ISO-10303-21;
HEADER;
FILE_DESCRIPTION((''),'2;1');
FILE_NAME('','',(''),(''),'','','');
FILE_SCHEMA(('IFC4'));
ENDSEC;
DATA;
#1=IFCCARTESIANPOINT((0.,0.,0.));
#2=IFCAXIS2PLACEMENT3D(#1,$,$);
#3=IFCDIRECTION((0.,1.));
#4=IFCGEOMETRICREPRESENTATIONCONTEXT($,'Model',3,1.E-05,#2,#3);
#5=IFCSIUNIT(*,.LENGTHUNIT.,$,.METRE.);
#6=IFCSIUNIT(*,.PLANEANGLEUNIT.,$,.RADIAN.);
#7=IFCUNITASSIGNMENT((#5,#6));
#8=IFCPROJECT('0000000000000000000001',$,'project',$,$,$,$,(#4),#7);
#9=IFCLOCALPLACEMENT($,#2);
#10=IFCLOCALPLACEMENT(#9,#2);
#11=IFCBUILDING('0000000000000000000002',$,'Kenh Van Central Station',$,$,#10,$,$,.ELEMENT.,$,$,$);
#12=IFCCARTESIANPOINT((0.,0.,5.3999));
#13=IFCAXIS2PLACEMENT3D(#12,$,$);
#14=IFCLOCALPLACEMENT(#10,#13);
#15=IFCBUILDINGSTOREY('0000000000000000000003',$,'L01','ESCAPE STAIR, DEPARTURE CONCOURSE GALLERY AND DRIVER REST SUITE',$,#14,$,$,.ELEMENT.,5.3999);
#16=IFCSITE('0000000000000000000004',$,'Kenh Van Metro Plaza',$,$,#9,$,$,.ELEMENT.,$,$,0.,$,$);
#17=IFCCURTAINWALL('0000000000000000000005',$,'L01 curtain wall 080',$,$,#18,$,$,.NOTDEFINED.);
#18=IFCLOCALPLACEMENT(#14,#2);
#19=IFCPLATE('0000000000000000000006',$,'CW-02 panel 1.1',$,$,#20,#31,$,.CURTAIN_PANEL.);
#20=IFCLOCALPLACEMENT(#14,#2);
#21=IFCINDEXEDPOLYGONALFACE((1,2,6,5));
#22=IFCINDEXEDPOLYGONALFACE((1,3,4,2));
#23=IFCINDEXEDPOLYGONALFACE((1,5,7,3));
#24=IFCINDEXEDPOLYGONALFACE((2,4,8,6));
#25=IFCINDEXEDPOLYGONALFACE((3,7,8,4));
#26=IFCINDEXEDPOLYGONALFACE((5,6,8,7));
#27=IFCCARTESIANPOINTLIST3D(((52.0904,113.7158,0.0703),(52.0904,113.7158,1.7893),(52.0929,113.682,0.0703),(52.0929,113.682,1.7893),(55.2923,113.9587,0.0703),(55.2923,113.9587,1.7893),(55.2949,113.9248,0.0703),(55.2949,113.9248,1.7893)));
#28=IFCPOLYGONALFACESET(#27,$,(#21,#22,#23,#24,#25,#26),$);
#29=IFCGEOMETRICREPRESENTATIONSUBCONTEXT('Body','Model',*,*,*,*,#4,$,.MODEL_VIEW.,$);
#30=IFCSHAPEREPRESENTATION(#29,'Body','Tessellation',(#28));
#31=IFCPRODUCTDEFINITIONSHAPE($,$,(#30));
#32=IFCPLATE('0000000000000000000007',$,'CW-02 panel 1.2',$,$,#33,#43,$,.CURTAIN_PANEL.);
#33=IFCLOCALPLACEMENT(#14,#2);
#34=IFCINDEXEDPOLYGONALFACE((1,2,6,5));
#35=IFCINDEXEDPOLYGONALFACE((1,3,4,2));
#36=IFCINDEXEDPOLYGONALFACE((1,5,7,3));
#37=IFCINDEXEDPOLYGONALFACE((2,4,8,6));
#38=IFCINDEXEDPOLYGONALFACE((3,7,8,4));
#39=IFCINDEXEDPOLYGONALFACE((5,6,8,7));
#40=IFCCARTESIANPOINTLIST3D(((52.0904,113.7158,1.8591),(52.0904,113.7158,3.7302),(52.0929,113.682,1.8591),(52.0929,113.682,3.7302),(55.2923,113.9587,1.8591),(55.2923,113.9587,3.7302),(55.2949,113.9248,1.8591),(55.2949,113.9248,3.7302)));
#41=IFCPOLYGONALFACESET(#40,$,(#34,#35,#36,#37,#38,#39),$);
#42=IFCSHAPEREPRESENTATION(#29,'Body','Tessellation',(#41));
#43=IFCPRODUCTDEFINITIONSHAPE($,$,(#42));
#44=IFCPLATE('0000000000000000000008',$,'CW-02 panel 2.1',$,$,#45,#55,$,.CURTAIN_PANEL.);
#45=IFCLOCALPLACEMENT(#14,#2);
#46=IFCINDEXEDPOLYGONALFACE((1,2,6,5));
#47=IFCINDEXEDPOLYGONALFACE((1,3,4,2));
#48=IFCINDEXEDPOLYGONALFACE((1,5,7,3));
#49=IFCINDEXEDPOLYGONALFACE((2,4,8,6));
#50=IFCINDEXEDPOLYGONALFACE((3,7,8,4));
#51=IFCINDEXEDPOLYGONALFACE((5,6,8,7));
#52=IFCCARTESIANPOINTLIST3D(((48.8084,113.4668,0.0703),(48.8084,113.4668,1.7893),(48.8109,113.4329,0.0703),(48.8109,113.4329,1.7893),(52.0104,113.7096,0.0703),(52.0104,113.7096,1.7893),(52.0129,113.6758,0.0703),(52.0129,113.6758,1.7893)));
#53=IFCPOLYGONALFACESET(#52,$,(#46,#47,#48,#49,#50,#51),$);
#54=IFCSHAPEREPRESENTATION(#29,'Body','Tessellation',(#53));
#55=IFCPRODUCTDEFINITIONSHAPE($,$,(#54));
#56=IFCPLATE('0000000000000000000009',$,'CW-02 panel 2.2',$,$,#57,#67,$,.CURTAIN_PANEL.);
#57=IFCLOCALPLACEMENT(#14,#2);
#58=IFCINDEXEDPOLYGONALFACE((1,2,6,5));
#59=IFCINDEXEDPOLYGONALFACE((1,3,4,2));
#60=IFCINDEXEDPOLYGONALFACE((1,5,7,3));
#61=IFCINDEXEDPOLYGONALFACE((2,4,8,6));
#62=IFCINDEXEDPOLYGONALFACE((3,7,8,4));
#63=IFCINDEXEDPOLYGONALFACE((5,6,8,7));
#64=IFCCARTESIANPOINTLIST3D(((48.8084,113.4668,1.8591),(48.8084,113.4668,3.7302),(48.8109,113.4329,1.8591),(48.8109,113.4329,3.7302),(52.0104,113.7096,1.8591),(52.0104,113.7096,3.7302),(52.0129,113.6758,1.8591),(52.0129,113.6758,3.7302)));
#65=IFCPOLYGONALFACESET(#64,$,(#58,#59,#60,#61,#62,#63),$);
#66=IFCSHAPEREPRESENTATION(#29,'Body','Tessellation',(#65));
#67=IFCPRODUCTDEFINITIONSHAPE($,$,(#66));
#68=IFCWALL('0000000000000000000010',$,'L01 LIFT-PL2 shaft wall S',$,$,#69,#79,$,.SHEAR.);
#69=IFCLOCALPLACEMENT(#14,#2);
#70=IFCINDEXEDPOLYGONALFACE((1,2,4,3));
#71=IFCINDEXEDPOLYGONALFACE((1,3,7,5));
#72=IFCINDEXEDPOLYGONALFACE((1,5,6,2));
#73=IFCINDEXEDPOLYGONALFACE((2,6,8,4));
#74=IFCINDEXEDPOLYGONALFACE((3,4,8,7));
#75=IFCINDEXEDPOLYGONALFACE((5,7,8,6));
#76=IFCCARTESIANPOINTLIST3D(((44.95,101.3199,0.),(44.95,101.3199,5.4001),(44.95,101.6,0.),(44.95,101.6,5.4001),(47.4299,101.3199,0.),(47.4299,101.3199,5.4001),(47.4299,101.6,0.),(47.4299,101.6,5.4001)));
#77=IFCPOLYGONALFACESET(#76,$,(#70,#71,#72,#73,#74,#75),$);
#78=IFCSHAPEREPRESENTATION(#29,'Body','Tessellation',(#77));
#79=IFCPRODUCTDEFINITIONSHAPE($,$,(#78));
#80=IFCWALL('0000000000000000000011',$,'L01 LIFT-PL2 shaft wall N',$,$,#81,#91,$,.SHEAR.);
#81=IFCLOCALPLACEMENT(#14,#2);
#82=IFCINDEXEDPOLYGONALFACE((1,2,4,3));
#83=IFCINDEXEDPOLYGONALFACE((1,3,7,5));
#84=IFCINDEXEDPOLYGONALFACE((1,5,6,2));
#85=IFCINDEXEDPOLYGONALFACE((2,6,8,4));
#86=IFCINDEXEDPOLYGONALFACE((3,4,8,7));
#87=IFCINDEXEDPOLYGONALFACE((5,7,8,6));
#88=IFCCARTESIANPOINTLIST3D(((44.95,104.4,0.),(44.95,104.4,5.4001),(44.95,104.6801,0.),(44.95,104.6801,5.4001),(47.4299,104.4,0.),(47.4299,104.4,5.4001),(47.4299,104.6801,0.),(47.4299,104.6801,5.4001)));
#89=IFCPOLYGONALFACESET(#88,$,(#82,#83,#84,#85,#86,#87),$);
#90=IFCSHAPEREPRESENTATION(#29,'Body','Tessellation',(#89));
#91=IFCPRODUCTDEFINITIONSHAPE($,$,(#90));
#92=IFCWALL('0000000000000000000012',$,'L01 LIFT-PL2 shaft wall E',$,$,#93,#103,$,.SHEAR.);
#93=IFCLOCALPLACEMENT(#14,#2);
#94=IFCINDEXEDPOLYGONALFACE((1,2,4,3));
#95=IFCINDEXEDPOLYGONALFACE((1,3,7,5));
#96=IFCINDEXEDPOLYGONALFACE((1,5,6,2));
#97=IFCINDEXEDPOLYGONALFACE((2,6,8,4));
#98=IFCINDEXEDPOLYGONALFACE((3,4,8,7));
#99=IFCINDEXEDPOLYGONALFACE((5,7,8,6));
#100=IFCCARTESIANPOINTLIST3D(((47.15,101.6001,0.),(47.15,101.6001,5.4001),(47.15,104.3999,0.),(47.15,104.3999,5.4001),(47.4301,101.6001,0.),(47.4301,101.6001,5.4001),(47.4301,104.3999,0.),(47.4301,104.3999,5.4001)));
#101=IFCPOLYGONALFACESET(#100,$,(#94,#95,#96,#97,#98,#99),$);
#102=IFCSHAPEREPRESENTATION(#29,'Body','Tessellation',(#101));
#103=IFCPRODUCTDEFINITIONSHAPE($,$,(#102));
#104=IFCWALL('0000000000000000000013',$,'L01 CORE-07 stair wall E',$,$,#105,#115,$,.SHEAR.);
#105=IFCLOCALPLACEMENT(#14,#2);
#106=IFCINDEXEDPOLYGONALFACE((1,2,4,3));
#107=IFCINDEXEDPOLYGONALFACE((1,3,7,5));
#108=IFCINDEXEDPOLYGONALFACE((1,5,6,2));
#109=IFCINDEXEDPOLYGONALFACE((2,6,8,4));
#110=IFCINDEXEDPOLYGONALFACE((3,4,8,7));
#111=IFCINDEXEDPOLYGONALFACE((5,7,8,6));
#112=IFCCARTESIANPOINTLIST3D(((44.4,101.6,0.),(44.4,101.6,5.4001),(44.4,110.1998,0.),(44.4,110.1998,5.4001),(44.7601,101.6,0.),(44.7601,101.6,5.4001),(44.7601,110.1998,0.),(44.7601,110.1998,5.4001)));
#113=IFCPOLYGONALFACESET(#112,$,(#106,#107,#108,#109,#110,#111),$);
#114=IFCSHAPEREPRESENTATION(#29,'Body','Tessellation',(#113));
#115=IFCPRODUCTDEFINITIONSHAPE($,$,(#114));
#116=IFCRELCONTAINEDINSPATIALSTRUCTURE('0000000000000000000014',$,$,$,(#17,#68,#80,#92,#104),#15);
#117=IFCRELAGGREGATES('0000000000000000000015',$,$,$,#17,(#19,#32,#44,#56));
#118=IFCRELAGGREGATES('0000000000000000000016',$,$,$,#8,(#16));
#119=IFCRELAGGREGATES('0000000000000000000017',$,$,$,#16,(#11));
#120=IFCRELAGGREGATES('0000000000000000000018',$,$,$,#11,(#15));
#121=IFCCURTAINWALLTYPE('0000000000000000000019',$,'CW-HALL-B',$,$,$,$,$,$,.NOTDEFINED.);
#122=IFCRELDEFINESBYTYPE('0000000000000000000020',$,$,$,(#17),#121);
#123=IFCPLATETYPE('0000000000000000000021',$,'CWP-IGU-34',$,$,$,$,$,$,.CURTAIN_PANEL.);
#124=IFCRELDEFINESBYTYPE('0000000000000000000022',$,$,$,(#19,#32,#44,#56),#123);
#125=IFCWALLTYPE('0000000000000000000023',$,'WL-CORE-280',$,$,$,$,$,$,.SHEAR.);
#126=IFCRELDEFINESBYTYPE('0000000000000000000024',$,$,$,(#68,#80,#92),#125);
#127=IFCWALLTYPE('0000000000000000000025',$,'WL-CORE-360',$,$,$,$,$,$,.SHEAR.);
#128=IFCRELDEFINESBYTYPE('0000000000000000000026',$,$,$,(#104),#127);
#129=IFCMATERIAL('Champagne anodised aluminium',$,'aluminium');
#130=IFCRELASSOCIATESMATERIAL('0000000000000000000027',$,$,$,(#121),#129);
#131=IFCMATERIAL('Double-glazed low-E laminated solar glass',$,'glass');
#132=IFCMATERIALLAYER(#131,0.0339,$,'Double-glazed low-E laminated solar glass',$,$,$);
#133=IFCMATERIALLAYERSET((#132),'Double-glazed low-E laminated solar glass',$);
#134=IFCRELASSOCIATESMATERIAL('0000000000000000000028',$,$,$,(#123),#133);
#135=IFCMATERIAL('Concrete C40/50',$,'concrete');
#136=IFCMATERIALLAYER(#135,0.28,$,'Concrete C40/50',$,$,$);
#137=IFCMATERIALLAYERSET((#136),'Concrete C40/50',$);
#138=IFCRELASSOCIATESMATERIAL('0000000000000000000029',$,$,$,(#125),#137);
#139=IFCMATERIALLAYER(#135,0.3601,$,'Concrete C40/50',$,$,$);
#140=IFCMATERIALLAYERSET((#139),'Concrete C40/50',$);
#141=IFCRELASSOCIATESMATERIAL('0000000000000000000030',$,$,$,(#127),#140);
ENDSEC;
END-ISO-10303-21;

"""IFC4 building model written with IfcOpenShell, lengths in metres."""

from ifc_helpers import new_model, si_unit, direction, frame, frame_2d, origin, origin_2d, place, context, subcontext, project, spatial, rectangle, extrude, material, layer, layer_set, type_object, element, aggregate, save


model = new_model("IFC4")

# Units and contexts
model_context = context("Model", 3, precision=1e-05, world=origin(), true_north=direction((0.0, 1.0)))
body_context = subcontext(model_context, "Body", "Model", "MODEL_VIEW")
ifc_project = project(units=[si_unit("LENGTHUNIT", "METRE"), si_unit("PLANEANGLEUNIT", "RADIAN")], contexts=[model_context])

# Site, building, storey
site_placement = place(None, origin())
site = spatial("IfcSite", under=ifc_project, at=site_placement, Name="Kenh Van Metro Plaza", CompositionType="ELEMENT", RefElevation=0.0)
building_placement = place(site_placement, origin())
building = spatial("IfcBuilding", under=site, at=building_placement, Name="Kenh Van Central Station", CompositionType="ELEMENT")
storey_placement = place(building_placement, frame((0.0, 0.0, 5.3999)))
storey = spatial("IfcBuildingStorey", under=building, at=storey_placement, Name="L01", Description="ESCAPE STAIR, DEPARTURE CONCOURSE GALLERY AND DRIVER REST SUITE", CompositionType="ELEMENT", Elevation=5.3999)

# Shared definitions
ifc_material_1 = material(Name="Concrete C40/50", Category="concrete")

# Curtain wall
ifc_material_2 = material(Name="Champagne anodised aluminium", Category="aluminium")
curtain_wall_type = type_object("IfcCurtainWallType", Name="CW-HALL-B", PredefinedType="NOTDEFINED", material=ifc_material_2)
curtain_wall_1_placement = place(storey_placement, origin())
curtain_wall_1 = element("IfcCurtainWall", 1, at=curtain_wall_1_placement, inside=storey, type_object=curtain_wall_type, Name="L01 curtain wall 080", PredefinedType="NOTDEFINED")

# Plates
ifc_material_3 = material(Name="Double-glazed low-E laminated solar glass", Category="glass")
ifc_layer_1 = layer(ifc_material_3, 0.0339, Name="Double-glazed low-E laminated solar glass")
ifc_layer_set_1 = layer_set([ifc_layer_1], Name="Double-glazed low-E laminated solar glass")
plate_type = type_object("IfcPlateType", Name="CWP-IGU-34", PredefinedType="CURTAIN_PANEL", material=ifc_layer_set_1)
plate_1_placement = place(storey_placement, frame((53.6926, 113.8203, 0.0703), z_axis=(0.0, 0.0, 1.0), x_axis=(-0.997136, -0.075632, 0.0)))
plate_1 = element("IfcPlate", 2, at=plate_1_placement, type_object=plate_type, Name="CW-02 panel 1.1", PredefinedType="CURTAIN_PANEL", context=body_context, shape_type="SweptSolid", body=[
    extrude(rectangle(XDim=3.2112, YDim=0.0339, at=origin_2d()), origin(), (0.0, 0.0, 1.0), 1.719),
])
plate_2_placement = place(storey_placement, frame((53.6926, 113.8203, 1.8591), z_axis=(0.0, 0.0, 1.0), x_axis=(-0.997136, -0.075632, 0.0)))
plate_2 = element("IfcPlate", 3, at=plate_2_placement, type_object=plate_type, Name="CW-02 panel 1.2", PredefinedType="CURTAIN_PANEL", context=body_context, shape_type="SweptSolid", body=[
    extrude(rectangle(XDim=3.2112, YDim=0.0339, at=origin_2d()), origin(), (0.0, 0.0, 1.0), 1.8711),
])
plate_3_placement = place(storey_placement, frame((50.4106, 113.5713, 0.0703), z_axis=(0.0, 0.0, 1.0), x_axis=(-0.997136, -0.075632, 0.0)))
plate_3 = element("IfcPlate", 4, at=plate_3_placement, type_object=plate_type, Name="CW-02 panel 2.1", PredefinedType="CURTAIN_PANEL", context=body_context, shape_type="SweptSolid", body=[
    extrude(rectangle(XDim=3.2112, YDim=0.0339, at=origin_2d()), origin(), (0.0, 0.0, 1.0), 1.719),
])
plate_4_placement = place(storey_placement, frame((50.4106, 113.5713, 1.8591), z_axis=(0.0, 0.0, 1.0), x_axis=(-0.997136, -0.075632, 0.0)))
plate_4 = element("IfcPlate", 5, at=plate_4_placement, type_object=plate_type, Name="CW-02 panel 2.2", PredefinedType="CURTAIN_PANEL", context=body_context, shape_type="SweptSolid", body=[
    extrude(rectangle(XDim=3.2112, YDim=0.0339, at=origin_2d()), origin(), (0.0, 0.0, 1.0), 1.8711),
])
aggregate(curtain_wall_1, [plate_1, plate_2, plate_3, plate_4])

# Walls
ifc_layer_2 = layer(ifc_material_1, 0.28, Name="Concrete C40/50")
ifc_layer_set_2 = layer_set([ifc_layer_2], Name="Concrete C40/50")
wall_type_1 = type_object("IfcWallType", Name="WL-CORE-280", PredefinedType="SHEAR", material=ifc_layer_set_2)
for number, where, z_axis, x_axis, name in (
    (6, (44.95, 101.46, 0.0), (0.0, 0.0, 1.0), (1.0, 0.0, 0.0), "L01 LIFT-PL2 shaft wall S"),
    (7, (44.95, 104.54, 0.0), (0.0, 0.0, 1.0), (1.0, 0.0, 0.0), "L01 LIFT-PL2 shaft wall N"),
):
    element("IfcWall", number, at=place(storey_placement, frame(where, z_axis=z_axis, x_axis=x_axis)), inside=storey, type_object=wall_type_1, Name=name, PredefinedType="SHEAR", context=body_context, shape_type="SweptSolid", body=[
        extrude(rectangle(XDim=2.48, YDim=0.28, at=frame_2d((1.24, 0.0))), origin(), (0.0, 0.0, 1.0), 5.4001),
    ])
wall_1_placement = place(storey_placement, frame((47.29, 101.6001, 0.0), z_axis=(0.0, 0.0, 1.0), x_axis=(0.0, 1.0, 0.0)))
element("IfcWall", 8, at=wall_1_placement, inside=storey, type_object=wall_type_1, Name="L01 LIFT-PL2 shaft wall E", PredefinedType="SHEAR", context=body_context, shape_type="SweptSolid", body=[
    extrude(rectangle(XDim=2.7998, YDim=0.28, at=frame_2d((1.3999, 0.0))), origin(), (0.0, 0.0, 1.0), 5.4001),
])
ifc_layer_3 = layer(ifc_material_1, 0.3601, Name="Concrete C40/50")
ifc_layer_set_3 = layer_set([ifc_layer_3], Name="Concrete C40/50")
wall_type_2 = type_object("IfcWallType", Name="WL-CORE-360", PredefinedType="SHEAR", material=ifc_layer_set_3)
wall_2_placement = place(storey_placement, frame((44.5801, 101.6001, 0.0), z_axis=(0.0, 0.0, 1.0), x_axis=(0.0, 1.0, 0.0)))
element("IfcWall", 9, at=wall_2_placement, inside=storey, type_object=wall_type_2, Name="L01 CORE-07 stair wall E", PredefinedType="SHEAR", context=body_context, shape_type="SweptSolid", body=[
    extrude(rectangle(XDim=8.5999, YDim=0.3601, at=frame_2d((4.2998, 0.0))), origin(), (0.0, 0.0, 1.0), 5.4001),
])

save(model, "model.ifc")
